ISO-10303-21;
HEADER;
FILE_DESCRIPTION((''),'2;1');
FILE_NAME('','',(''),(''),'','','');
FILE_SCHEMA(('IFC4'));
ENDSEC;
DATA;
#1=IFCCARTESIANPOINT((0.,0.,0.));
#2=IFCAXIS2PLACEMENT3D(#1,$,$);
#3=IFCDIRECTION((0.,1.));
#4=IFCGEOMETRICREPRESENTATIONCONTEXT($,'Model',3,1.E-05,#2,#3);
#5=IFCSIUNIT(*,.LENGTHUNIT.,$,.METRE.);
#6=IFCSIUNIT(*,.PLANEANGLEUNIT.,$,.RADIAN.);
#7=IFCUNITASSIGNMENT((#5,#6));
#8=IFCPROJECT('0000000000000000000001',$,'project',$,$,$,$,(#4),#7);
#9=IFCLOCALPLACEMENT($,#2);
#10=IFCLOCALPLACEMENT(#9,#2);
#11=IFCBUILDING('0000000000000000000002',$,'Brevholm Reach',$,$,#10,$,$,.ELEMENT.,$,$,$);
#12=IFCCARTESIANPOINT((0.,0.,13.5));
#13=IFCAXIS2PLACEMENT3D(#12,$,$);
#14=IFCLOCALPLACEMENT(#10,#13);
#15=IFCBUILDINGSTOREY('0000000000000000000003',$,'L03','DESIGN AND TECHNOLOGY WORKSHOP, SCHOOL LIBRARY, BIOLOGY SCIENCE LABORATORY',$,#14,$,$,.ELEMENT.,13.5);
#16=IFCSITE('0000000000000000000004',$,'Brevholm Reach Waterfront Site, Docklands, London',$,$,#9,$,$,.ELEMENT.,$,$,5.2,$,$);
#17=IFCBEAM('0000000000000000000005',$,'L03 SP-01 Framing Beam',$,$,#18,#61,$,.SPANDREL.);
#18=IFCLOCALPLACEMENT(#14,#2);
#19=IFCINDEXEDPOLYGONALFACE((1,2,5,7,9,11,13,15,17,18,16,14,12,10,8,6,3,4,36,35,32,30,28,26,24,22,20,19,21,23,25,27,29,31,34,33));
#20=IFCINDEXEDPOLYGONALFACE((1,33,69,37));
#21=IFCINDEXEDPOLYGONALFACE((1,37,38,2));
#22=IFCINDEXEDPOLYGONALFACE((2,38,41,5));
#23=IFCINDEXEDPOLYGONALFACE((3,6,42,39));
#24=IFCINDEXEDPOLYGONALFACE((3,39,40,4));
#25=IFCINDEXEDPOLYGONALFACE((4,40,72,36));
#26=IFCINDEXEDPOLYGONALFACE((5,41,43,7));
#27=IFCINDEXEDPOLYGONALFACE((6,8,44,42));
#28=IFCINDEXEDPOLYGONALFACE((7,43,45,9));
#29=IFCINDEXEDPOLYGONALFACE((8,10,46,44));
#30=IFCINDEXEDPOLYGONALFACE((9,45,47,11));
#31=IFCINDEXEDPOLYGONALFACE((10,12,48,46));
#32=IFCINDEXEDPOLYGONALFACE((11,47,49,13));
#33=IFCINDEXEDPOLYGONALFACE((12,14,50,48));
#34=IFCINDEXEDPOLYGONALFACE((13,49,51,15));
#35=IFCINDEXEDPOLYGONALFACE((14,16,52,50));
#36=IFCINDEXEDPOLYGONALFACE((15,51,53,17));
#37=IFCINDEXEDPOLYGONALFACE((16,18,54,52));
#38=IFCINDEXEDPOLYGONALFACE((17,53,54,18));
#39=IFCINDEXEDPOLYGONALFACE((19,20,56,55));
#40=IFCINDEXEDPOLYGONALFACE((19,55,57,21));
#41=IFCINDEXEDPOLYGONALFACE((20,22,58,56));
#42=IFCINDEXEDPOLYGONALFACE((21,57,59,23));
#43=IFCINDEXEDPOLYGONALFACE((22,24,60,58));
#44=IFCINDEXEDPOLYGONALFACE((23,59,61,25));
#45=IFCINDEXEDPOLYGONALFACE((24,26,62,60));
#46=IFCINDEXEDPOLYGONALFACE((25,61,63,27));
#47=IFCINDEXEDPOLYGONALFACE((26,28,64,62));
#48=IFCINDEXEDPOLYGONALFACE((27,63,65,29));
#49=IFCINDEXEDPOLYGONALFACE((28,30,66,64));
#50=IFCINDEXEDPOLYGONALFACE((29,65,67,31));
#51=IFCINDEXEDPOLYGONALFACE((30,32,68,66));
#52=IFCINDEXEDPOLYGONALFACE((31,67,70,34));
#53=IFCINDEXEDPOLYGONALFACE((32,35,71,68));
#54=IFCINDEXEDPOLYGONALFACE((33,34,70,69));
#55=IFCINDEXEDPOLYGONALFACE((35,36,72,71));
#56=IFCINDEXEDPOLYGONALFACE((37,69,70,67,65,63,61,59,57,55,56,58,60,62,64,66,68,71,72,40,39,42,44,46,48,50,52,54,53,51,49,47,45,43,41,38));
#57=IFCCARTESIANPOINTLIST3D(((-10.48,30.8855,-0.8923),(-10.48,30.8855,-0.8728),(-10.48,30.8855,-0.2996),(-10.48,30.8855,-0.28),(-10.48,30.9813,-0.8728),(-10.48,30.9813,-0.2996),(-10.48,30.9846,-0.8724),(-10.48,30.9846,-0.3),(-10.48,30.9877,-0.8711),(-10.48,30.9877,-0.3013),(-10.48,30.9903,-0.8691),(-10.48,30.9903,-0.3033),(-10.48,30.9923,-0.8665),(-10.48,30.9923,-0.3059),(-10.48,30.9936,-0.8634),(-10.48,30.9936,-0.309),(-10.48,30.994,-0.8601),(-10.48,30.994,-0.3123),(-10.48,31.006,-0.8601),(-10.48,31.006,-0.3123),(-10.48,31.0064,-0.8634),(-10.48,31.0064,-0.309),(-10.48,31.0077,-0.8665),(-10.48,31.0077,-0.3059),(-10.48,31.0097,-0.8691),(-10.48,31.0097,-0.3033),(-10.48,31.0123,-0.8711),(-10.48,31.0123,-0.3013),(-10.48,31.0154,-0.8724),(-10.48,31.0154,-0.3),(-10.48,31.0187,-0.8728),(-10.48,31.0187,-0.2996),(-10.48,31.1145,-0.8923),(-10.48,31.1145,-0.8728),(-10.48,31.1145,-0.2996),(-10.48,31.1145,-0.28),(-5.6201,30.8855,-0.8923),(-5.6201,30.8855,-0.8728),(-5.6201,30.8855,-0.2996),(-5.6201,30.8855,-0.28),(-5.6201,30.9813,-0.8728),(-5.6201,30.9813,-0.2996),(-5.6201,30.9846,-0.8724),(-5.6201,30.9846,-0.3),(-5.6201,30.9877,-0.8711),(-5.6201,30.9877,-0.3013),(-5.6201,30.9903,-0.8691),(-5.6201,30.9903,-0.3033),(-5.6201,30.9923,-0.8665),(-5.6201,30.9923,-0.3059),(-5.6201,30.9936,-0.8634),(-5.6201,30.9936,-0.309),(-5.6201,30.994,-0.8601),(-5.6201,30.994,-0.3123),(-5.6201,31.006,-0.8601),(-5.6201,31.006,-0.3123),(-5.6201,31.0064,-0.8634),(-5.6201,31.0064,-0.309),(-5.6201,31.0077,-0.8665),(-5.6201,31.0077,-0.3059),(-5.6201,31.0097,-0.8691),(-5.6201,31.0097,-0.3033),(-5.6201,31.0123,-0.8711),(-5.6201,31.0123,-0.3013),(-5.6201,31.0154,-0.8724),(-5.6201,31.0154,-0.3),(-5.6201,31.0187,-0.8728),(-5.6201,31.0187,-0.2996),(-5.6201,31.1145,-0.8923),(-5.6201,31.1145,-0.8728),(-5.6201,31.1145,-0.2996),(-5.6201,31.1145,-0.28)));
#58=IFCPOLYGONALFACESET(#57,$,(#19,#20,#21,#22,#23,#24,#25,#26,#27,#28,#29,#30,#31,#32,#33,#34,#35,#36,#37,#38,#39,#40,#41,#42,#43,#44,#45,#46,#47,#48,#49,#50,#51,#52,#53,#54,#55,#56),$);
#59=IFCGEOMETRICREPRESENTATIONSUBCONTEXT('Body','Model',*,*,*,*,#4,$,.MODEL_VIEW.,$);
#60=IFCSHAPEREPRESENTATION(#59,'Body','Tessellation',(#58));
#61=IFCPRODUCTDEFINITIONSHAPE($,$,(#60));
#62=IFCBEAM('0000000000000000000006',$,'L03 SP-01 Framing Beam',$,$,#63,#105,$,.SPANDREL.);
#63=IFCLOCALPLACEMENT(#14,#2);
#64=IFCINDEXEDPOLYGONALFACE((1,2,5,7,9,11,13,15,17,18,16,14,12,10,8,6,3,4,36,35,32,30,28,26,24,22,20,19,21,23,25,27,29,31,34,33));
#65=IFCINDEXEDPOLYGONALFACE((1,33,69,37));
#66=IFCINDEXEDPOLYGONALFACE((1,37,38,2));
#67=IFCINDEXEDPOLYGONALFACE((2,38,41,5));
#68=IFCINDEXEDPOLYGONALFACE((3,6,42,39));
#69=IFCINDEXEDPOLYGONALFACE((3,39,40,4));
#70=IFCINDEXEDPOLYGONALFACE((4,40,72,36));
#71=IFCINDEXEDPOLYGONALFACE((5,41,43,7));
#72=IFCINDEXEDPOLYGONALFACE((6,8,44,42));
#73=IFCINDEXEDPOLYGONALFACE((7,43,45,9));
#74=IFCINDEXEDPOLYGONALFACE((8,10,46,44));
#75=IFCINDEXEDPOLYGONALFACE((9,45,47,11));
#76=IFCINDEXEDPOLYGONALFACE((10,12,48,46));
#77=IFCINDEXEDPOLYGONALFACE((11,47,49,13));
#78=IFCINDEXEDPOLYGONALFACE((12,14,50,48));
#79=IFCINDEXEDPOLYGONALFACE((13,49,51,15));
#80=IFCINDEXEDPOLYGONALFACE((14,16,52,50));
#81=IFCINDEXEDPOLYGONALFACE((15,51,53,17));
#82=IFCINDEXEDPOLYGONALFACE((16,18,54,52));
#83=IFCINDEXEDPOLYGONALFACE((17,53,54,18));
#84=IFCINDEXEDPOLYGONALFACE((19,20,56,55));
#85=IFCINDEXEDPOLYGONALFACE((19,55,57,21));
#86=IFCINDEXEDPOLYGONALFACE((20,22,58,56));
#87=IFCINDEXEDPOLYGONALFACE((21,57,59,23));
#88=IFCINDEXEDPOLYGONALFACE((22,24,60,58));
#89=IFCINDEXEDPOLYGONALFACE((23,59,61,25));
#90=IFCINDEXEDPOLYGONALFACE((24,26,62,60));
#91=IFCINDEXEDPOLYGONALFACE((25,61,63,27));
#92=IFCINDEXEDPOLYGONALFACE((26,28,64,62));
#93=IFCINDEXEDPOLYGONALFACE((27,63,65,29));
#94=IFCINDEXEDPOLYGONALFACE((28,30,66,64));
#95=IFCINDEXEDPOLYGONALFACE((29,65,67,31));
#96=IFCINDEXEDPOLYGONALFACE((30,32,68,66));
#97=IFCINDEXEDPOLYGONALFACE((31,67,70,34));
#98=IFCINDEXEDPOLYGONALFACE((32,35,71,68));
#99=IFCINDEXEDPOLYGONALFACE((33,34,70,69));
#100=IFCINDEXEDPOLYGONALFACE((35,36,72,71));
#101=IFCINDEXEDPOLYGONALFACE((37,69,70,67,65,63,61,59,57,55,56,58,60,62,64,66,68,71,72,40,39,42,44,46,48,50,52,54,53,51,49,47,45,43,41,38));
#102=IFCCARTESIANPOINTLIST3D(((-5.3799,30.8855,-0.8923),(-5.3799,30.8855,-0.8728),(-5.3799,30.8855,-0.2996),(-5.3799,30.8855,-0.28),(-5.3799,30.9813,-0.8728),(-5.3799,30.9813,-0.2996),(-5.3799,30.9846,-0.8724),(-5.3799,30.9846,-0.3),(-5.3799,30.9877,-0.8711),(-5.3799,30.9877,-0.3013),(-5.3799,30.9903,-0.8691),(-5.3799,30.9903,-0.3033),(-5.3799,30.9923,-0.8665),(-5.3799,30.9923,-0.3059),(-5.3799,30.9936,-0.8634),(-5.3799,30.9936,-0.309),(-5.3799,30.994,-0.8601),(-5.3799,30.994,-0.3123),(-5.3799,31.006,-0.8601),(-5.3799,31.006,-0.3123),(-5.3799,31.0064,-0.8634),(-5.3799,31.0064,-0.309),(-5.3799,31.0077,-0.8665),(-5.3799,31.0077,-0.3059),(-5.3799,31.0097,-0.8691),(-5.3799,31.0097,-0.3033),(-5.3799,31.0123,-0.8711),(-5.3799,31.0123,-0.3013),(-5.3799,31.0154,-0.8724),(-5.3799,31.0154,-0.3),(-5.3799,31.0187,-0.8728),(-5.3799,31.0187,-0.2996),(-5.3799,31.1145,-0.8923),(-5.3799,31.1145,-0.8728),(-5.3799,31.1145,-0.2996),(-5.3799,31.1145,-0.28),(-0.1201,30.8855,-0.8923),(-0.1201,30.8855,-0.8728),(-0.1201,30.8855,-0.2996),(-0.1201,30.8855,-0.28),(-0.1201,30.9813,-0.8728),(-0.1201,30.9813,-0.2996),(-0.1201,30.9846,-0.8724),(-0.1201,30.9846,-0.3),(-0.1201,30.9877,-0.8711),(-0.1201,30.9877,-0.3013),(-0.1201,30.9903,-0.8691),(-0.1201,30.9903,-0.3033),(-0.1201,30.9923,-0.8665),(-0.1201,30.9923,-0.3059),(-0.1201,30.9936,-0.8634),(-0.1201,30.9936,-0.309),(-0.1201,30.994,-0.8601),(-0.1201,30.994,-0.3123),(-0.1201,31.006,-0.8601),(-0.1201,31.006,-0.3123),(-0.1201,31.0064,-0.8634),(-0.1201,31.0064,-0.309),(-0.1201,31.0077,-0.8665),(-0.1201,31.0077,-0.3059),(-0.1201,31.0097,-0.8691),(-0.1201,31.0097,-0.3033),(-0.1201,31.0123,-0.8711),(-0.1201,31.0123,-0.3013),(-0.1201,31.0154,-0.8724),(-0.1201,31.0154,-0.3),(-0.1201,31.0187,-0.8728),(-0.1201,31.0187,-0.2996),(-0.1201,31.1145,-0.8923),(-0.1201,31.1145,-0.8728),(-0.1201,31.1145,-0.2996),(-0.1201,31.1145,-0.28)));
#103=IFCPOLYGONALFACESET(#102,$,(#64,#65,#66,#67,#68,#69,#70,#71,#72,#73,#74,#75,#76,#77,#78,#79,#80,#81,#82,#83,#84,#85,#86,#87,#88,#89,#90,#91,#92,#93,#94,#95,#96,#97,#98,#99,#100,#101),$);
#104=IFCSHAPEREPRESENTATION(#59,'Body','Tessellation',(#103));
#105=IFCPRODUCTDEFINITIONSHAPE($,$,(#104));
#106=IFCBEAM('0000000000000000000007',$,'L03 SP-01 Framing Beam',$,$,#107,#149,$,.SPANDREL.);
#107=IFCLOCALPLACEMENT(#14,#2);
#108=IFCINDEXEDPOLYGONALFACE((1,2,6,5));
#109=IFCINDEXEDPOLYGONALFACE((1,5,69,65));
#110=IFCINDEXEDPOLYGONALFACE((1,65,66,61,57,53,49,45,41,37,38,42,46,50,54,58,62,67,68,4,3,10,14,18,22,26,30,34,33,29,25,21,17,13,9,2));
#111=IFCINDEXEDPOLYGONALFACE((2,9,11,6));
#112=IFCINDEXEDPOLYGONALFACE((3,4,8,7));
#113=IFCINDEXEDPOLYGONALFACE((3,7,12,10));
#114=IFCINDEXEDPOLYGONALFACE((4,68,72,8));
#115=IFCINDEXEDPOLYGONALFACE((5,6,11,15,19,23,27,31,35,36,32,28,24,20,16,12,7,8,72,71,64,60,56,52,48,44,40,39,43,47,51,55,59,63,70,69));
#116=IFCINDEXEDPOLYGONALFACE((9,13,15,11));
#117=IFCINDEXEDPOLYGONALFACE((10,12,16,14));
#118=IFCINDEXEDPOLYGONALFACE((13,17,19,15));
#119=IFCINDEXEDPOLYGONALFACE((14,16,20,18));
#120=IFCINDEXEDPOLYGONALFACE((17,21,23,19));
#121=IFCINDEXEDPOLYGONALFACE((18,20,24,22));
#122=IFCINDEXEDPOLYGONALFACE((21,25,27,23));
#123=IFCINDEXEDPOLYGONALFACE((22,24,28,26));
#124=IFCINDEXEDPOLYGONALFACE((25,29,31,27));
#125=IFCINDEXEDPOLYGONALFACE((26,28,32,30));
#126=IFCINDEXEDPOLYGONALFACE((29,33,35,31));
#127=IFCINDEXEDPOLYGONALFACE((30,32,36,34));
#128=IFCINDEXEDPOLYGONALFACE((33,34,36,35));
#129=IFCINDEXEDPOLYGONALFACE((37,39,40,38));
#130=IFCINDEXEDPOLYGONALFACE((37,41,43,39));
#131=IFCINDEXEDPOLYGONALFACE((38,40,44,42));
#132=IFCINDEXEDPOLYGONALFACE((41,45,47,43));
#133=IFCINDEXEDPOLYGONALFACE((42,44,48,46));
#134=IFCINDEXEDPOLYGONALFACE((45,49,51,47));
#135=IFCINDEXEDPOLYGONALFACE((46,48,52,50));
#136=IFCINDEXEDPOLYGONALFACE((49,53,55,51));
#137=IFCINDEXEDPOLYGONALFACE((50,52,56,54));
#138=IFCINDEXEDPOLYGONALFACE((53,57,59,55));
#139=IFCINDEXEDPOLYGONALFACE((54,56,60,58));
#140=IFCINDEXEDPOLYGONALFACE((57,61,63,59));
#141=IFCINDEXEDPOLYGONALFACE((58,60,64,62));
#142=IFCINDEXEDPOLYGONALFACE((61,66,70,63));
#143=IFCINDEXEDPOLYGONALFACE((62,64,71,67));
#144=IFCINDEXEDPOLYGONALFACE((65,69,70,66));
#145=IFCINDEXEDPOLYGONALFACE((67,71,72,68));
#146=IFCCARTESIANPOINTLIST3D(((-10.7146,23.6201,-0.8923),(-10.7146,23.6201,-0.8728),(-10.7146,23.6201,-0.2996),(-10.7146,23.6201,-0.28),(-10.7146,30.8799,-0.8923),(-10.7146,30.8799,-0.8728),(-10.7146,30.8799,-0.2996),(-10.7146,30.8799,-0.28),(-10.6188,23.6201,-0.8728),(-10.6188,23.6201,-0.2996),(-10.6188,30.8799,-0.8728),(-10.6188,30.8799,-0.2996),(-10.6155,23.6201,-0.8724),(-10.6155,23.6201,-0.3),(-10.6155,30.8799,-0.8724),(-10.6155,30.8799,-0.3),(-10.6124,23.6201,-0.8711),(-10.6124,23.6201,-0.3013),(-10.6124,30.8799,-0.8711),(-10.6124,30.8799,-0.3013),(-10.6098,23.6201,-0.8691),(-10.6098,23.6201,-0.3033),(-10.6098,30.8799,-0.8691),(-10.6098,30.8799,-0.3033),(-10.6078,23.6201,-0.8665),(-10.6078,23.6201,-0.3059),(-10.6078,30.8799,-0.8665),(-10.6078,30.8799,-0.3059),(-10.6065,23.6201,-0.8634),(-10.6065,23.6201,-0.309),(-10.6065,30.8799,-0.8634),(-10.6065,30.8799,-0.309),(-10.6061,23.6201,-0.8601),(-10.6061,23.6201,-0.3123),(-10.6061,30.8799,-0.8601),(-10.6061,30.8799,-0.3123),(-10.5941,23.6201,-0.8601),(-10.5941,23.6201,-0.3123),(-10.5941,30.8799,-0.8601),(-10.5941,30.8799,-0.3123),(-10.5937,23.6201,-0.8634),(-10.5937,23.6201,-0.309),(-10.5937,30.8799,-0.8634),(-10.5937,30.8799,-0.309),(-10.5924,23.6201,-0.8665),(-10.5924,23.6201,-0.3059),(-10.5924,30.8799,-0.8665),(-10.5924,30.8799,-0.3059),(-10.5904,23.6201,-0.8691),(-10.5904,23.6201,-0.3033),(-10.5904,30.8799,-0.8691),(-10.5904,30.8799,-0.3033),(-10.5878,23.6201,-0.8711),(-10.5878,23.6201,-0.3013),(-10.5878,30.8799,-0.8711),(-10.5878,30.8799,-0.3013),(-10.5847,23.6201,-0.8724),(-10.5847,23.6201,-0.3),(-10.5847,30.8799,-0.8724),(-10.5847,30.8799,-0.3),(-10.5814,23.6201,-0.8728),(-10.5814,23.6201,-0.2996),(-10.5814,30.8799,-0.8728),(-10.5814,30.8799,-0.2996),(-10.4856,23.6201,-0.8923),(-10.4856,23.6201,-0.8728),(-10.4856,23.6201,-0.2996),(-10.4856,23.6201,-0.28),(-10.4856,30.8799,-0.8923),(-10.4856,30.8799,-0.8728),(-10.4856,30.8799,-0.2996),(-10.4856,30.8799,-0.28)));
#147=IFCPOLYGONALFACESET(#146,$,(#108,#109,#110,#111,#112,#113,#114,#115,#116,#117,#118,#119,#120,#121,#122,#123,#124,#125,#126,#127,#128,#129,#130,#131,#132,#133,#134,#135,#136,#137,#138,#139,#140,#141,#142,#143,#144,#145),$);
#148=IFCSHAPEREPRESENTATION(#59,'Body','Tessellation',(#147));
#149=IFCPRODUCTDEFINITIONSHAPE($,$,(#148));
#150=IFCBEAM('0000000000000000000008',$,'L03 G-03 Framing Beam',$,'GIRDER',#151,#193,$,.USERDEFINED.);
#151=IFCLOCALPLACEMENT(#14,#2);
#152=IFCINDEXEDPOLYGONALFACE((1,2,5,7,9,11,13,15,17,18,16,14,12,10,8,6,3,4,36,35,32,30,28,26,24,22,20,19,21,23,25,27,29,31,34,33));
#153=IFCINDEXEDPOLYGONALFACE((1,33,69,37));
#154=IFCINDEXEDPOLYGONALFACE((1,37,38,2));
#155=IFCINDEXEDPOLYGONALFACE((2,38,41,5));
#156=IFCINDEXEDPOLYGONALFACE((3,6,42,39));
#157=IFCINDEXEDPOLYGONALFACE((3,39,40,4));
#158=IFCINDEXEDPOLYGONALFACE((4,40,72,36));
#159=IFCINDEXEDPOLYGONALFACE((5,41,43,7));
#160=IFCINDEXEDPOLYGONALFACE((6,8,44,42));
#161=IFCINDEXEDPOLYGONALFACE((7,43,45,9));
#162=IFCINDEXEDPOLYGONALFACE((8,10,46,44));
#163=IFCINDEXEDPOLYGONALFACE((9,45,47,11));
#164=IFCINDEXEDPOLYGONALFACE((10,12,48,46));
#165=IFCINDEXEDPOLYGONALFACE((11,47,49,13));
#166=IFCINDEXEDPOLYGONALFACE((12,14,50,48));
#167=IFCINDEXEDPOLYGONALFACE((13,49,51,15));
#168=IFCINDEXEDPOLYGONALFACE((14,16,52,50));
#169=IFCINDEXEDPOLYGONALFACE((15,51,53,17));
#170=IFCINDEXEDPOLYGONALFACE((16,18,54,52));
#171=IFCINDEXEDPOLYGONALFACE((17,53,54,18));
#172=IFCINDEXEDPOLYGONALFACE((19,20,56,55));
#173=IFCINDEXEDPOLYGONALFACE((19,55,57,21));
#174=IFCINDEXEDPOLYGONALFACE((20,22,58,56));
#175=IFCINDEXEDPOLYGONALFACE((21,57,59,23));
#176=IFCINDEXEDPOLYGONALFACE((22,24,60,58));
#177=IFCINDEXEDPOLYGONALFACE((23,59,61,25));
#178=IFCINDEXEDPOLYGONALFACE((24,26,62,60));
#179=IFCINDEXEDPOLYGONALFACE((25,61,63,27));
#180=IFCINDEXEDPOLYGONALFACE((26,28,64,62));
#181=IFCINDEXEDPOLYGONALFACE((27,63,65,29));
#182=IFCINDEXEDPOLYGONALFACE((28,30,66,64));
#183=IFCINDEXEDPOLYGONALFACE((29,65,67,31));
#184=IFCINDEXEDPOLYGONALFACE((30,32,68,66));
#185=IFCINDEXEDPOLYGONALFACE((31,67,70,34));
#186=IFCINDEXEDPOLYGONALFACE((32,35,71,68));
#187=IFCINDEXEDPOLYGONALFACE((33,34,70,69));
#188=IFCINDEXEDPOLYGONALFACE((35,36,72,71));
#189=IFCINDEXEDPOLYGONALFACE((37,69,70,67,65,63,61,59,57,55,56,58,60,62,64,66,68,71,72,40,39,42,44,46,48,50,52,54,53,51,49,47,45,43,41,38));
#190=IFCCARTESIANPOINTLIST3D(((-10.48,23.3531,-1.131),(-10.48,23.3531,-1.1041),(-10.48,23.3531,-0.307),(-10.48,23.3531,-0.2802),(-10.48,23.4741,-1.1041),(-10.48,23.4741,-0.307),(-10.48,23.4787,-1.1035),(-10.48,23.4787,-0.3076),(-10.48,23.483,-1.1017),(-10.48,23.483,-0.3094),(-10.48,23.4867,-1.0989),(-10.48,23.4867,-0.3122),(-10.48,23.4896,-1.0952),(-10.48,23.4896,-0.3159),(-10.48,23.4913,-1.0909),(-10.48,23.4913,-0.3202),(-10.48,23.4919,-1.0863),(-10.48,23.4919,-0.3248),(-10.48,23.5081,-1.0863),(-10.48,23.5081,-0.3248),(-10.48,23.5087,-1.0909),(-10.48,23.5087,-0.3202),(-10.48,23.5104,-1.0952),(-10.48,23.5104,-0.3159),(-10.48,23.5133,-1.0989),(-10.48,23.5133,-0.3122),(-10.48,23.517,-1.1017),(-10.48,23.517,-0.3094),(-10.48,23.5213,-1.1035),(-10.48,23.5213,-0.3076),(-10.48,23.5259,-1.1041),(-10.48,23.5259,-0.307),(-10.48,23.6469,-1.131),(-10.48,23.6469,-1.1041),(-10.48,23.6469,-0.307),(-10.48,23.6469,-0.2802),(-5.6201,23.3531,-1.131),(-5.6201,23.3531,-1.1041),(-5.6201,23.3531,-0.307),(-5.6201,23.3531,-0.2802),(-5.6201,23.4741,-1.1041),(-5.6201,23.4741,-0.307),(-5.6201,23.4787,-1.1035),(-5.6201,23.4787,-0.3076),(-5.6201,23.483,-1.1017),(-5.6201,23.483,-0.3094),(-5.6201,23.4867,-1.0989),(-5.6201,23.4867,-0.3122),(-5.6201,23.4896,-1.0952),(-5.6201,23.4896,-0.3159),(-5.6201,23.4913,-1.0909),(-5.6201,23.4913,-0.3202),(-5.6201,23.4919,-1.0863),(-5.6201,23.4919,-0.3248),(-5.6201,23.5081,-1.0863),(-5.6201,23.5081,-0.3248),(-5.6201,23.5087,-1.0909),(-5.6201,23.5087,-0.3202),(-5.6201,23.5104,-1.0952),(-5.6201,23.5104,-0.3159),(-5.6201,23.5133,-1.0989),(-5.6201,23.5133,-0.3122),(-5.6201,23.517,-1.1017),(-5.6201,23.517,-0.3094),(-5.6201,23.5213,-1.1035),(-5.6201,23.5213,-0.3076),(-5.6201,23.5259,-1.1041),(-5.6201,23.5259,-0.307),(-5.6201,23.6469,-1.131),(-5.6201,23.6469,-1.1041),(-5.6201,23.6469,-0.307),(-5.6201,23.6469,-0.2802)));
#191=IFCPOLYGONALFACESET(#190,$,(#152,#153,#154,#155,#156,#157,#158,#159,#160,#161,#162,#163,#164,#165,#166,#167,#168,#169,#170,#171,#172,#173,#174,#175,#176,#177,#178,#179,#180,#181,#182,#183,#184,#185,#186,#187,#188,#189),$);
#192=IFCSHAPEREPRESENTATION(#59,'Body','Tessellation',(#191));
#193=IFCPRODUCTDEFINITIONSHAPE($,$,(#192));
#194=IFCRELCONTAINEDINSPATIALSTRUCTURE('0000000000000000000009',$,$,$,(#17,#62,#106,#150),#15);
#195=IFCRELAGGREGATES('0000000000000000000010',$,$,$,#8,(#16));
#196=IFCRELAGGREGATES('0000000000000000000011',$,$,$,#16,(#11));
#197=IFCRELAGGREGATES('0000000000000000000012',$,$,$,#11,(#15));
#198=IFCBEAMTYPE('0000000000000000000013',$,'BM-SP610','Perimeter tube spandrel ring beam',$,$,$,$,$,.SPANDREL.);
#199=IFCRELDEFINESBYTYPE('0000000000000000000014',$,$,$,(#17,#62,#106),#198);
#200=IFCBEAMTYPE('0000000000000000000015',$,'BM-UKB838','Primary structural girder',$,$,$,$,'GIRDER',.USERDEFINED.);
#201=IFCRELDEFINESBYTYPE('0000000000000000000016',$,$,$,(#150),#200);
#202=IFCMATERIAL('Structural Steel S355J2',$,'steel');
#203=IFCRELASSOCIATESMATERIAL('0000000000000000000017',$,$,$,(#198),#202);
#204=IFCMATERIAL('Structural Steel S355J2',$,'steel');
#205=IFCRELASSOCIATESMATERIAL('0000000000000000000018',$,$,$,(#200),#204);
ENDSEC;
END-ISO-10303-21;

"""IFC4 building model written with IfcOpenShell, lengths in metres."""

from ifc_helpers import new_model, si_unit, direction, frame, origin, origin_2d, place, context, subcontext, project, spatial, i_section, extrude, material, material_profile, profile_set, type_object, element, save


model = new_model("IFC4")

# Units and contexts
model_context = context("Model", 3, precision=1e-05, world=origin(), true_north=direction((0.0, 1.0)))
body_context = subcontext(model_context, "Body", "Model", "MODEL_VIEW")
ifc_project = project(units=[si_unit("LENGTHUNIT", "METRE"), si_unit("PLANEANGLEUNIT", "RADIAN")], contexts=[model_context])

# Site, building, storey
site_placement = place(None, origin())
site = spatial("IfcSite", under=ifc_project, at=site_placement, Name="Brevholm Reach Waterfront Site, Docklands, London", CompositionType="ELEMENT", RefElevation=5.2)
building_placement = place(site_placement, origin())
building = spatial("IfcBuilding", under=site, at=building_placement, Name="Brevholm Reach", CompositionType="ELEMENT")
storey_placement = place(building_placement, frame((0.0, 0.0, 13.5)))
storey = spatial("IfcBuildingStorey", under=building, at=storey_placement, Name="L03", Description="DESIGN AND TECHNOLOGY WORKSHOP, SCHOOL LIBRARY, BIOLOGY SCIENCE LABORATORY", CompositionType="ELEMENT", Elevation=13.5)

# Beams
ifc_material_1 = material(Name="Structural Steel S355J2", Category="steel")
ifc_material_profile_1 = material_profile(ifc_material_1, i_section(OverallWidth=0.229, OverallDepth=0.6123, WebThickness=0.012, FlangeThickness=0.0195, FilletRadius=0.0127, at=origin_2d()), Name="UKB 610x229x125")
ifc_profile_set_1 = profile_set([ifc_material_profile_1], Name="Structural Steel S355J2")
beam_type_1 = type_object("IfcBeamType", Name="BM-SP610", Description="Perimeter tube spandrel ring beam", PredefinedType="SPANDREL", material=ifc_profile_set_1)
beam_1_placement = place(storey_placement, frame((-10.48, 31.0, -0.5862), z_axis=(1.0, 0.0, 0.0), x_axis=(0.0, 1.0, 0.0)))
element("IfcBeam", 1, at=beam_1_placement, inside=storey, type_object=beam_type_1, Name="L03 SP-01 Framing Beam", PredefinedType="SPANDREL", context=body_context, shape_type="SweptSolid", body=[
    extrude(i_section(OverallWidth=0.229, OverallDepth=0.6123, WebThickness=0.012, FlangeThickness=0.0195, FilletRadius=0.0127, at=origin_2d()), origin(), (0.0, 0.0, 1.0), 4.8599),
])
beam_2_placement = place(storey_placement, frame((-5.3799, 31.0, -0.5862), z_axis=(1.0, 0.0, 0.0), x_axis=(0.0, 1.0, 0.0)))
element("IfcBeam", 2, at=beam_2_placement, inside=storey, type_object=beam_type_1, Name="L03 SP-01 Framing Beam", PredefinedType="SPANDREL", context=body_context, shape_type="SweptSolid", body=[
    extrude(i_section(OverallWidth=0.229, OverallDepth=0.6123, WebThickness=0.012, FlangeThickness=0.0195, FilletRadius=0.0127, at=origin_2d()), origin(), (0.0, 0.0, 1.0), 5.2598),
])
beam_3_placement = place(storey_placement, frame((-10.6001, 23.6201, -0.5862), z_axis=(0.0, 1.0, 0.0), x_axis=(-1.0, 0.0, 0.0)))
element("IfcBeam", 3, at=beam_3_placement, inside=storey, type_object=beam_type_1, Name="L03 SP-01 Framing Beam", PredefinedType="SPANDREL", context=body_context, shape_type="SweptSolid", body=[
    extrude(i_section(OverallWidth=0.229, OverallDepth=0.6123, WebThickness=0.012, FlangeThickness=0.0195, FilletRadius=0.0127, at=origin_2d()), origin(), (0.0, 0.0, 1.0), 7.2598),
])
ifc_material_2 = material(Name="Structural Steel S355J2", Category="steel")
ifc_material_profile_2 = material_profile(ifc_material_2, i_section(OverallWidth=0.2937, OverallDepth=0.8508, WebThickness=0.0161, FlangeThickness=0.0269, FilletRadius=0.0178, at=origin_2d()), Name="UKB 838x292x226")
ifc_profile_set_2 = profile_set([ifc_material_profile_2], Name="Structural Steel S355J2")
beam_type_2 = type_object("IfcBeamType", Name="BM-UKB838", Description="Primary structural girder", ElementType="GIRDER", PredefinedType="USERDEFINED", material=ifc_profile_set_2)
beam_4_placement = place(storey_placement, frame((-10.48, 23.5, -0.7056), z_axis=(1.0, 0.0, 0.0), x_axis=(0.0, 1.0, 0.0)))
element("IfcBeam", 4, at=beam_4_placement, inside=storey, type_object=beam_type_2, Name="L03 G-03 Framing Beam", ObjectType="GIRDER", PredefinedType="USERDEFINED", context=body_context, shape_type="SweptSolid", body=[
    extrude(i_section(OverallWidth=0.2937, OverallDepth=0.8508, WebThickness=0.0161, FlangeThickness=0.0269, FilletRadius=0.0178, at=origin_2d()), origin(), (0.0, 0.0, 1.0), 4.8599),
])

save(model, "model.ifc")
